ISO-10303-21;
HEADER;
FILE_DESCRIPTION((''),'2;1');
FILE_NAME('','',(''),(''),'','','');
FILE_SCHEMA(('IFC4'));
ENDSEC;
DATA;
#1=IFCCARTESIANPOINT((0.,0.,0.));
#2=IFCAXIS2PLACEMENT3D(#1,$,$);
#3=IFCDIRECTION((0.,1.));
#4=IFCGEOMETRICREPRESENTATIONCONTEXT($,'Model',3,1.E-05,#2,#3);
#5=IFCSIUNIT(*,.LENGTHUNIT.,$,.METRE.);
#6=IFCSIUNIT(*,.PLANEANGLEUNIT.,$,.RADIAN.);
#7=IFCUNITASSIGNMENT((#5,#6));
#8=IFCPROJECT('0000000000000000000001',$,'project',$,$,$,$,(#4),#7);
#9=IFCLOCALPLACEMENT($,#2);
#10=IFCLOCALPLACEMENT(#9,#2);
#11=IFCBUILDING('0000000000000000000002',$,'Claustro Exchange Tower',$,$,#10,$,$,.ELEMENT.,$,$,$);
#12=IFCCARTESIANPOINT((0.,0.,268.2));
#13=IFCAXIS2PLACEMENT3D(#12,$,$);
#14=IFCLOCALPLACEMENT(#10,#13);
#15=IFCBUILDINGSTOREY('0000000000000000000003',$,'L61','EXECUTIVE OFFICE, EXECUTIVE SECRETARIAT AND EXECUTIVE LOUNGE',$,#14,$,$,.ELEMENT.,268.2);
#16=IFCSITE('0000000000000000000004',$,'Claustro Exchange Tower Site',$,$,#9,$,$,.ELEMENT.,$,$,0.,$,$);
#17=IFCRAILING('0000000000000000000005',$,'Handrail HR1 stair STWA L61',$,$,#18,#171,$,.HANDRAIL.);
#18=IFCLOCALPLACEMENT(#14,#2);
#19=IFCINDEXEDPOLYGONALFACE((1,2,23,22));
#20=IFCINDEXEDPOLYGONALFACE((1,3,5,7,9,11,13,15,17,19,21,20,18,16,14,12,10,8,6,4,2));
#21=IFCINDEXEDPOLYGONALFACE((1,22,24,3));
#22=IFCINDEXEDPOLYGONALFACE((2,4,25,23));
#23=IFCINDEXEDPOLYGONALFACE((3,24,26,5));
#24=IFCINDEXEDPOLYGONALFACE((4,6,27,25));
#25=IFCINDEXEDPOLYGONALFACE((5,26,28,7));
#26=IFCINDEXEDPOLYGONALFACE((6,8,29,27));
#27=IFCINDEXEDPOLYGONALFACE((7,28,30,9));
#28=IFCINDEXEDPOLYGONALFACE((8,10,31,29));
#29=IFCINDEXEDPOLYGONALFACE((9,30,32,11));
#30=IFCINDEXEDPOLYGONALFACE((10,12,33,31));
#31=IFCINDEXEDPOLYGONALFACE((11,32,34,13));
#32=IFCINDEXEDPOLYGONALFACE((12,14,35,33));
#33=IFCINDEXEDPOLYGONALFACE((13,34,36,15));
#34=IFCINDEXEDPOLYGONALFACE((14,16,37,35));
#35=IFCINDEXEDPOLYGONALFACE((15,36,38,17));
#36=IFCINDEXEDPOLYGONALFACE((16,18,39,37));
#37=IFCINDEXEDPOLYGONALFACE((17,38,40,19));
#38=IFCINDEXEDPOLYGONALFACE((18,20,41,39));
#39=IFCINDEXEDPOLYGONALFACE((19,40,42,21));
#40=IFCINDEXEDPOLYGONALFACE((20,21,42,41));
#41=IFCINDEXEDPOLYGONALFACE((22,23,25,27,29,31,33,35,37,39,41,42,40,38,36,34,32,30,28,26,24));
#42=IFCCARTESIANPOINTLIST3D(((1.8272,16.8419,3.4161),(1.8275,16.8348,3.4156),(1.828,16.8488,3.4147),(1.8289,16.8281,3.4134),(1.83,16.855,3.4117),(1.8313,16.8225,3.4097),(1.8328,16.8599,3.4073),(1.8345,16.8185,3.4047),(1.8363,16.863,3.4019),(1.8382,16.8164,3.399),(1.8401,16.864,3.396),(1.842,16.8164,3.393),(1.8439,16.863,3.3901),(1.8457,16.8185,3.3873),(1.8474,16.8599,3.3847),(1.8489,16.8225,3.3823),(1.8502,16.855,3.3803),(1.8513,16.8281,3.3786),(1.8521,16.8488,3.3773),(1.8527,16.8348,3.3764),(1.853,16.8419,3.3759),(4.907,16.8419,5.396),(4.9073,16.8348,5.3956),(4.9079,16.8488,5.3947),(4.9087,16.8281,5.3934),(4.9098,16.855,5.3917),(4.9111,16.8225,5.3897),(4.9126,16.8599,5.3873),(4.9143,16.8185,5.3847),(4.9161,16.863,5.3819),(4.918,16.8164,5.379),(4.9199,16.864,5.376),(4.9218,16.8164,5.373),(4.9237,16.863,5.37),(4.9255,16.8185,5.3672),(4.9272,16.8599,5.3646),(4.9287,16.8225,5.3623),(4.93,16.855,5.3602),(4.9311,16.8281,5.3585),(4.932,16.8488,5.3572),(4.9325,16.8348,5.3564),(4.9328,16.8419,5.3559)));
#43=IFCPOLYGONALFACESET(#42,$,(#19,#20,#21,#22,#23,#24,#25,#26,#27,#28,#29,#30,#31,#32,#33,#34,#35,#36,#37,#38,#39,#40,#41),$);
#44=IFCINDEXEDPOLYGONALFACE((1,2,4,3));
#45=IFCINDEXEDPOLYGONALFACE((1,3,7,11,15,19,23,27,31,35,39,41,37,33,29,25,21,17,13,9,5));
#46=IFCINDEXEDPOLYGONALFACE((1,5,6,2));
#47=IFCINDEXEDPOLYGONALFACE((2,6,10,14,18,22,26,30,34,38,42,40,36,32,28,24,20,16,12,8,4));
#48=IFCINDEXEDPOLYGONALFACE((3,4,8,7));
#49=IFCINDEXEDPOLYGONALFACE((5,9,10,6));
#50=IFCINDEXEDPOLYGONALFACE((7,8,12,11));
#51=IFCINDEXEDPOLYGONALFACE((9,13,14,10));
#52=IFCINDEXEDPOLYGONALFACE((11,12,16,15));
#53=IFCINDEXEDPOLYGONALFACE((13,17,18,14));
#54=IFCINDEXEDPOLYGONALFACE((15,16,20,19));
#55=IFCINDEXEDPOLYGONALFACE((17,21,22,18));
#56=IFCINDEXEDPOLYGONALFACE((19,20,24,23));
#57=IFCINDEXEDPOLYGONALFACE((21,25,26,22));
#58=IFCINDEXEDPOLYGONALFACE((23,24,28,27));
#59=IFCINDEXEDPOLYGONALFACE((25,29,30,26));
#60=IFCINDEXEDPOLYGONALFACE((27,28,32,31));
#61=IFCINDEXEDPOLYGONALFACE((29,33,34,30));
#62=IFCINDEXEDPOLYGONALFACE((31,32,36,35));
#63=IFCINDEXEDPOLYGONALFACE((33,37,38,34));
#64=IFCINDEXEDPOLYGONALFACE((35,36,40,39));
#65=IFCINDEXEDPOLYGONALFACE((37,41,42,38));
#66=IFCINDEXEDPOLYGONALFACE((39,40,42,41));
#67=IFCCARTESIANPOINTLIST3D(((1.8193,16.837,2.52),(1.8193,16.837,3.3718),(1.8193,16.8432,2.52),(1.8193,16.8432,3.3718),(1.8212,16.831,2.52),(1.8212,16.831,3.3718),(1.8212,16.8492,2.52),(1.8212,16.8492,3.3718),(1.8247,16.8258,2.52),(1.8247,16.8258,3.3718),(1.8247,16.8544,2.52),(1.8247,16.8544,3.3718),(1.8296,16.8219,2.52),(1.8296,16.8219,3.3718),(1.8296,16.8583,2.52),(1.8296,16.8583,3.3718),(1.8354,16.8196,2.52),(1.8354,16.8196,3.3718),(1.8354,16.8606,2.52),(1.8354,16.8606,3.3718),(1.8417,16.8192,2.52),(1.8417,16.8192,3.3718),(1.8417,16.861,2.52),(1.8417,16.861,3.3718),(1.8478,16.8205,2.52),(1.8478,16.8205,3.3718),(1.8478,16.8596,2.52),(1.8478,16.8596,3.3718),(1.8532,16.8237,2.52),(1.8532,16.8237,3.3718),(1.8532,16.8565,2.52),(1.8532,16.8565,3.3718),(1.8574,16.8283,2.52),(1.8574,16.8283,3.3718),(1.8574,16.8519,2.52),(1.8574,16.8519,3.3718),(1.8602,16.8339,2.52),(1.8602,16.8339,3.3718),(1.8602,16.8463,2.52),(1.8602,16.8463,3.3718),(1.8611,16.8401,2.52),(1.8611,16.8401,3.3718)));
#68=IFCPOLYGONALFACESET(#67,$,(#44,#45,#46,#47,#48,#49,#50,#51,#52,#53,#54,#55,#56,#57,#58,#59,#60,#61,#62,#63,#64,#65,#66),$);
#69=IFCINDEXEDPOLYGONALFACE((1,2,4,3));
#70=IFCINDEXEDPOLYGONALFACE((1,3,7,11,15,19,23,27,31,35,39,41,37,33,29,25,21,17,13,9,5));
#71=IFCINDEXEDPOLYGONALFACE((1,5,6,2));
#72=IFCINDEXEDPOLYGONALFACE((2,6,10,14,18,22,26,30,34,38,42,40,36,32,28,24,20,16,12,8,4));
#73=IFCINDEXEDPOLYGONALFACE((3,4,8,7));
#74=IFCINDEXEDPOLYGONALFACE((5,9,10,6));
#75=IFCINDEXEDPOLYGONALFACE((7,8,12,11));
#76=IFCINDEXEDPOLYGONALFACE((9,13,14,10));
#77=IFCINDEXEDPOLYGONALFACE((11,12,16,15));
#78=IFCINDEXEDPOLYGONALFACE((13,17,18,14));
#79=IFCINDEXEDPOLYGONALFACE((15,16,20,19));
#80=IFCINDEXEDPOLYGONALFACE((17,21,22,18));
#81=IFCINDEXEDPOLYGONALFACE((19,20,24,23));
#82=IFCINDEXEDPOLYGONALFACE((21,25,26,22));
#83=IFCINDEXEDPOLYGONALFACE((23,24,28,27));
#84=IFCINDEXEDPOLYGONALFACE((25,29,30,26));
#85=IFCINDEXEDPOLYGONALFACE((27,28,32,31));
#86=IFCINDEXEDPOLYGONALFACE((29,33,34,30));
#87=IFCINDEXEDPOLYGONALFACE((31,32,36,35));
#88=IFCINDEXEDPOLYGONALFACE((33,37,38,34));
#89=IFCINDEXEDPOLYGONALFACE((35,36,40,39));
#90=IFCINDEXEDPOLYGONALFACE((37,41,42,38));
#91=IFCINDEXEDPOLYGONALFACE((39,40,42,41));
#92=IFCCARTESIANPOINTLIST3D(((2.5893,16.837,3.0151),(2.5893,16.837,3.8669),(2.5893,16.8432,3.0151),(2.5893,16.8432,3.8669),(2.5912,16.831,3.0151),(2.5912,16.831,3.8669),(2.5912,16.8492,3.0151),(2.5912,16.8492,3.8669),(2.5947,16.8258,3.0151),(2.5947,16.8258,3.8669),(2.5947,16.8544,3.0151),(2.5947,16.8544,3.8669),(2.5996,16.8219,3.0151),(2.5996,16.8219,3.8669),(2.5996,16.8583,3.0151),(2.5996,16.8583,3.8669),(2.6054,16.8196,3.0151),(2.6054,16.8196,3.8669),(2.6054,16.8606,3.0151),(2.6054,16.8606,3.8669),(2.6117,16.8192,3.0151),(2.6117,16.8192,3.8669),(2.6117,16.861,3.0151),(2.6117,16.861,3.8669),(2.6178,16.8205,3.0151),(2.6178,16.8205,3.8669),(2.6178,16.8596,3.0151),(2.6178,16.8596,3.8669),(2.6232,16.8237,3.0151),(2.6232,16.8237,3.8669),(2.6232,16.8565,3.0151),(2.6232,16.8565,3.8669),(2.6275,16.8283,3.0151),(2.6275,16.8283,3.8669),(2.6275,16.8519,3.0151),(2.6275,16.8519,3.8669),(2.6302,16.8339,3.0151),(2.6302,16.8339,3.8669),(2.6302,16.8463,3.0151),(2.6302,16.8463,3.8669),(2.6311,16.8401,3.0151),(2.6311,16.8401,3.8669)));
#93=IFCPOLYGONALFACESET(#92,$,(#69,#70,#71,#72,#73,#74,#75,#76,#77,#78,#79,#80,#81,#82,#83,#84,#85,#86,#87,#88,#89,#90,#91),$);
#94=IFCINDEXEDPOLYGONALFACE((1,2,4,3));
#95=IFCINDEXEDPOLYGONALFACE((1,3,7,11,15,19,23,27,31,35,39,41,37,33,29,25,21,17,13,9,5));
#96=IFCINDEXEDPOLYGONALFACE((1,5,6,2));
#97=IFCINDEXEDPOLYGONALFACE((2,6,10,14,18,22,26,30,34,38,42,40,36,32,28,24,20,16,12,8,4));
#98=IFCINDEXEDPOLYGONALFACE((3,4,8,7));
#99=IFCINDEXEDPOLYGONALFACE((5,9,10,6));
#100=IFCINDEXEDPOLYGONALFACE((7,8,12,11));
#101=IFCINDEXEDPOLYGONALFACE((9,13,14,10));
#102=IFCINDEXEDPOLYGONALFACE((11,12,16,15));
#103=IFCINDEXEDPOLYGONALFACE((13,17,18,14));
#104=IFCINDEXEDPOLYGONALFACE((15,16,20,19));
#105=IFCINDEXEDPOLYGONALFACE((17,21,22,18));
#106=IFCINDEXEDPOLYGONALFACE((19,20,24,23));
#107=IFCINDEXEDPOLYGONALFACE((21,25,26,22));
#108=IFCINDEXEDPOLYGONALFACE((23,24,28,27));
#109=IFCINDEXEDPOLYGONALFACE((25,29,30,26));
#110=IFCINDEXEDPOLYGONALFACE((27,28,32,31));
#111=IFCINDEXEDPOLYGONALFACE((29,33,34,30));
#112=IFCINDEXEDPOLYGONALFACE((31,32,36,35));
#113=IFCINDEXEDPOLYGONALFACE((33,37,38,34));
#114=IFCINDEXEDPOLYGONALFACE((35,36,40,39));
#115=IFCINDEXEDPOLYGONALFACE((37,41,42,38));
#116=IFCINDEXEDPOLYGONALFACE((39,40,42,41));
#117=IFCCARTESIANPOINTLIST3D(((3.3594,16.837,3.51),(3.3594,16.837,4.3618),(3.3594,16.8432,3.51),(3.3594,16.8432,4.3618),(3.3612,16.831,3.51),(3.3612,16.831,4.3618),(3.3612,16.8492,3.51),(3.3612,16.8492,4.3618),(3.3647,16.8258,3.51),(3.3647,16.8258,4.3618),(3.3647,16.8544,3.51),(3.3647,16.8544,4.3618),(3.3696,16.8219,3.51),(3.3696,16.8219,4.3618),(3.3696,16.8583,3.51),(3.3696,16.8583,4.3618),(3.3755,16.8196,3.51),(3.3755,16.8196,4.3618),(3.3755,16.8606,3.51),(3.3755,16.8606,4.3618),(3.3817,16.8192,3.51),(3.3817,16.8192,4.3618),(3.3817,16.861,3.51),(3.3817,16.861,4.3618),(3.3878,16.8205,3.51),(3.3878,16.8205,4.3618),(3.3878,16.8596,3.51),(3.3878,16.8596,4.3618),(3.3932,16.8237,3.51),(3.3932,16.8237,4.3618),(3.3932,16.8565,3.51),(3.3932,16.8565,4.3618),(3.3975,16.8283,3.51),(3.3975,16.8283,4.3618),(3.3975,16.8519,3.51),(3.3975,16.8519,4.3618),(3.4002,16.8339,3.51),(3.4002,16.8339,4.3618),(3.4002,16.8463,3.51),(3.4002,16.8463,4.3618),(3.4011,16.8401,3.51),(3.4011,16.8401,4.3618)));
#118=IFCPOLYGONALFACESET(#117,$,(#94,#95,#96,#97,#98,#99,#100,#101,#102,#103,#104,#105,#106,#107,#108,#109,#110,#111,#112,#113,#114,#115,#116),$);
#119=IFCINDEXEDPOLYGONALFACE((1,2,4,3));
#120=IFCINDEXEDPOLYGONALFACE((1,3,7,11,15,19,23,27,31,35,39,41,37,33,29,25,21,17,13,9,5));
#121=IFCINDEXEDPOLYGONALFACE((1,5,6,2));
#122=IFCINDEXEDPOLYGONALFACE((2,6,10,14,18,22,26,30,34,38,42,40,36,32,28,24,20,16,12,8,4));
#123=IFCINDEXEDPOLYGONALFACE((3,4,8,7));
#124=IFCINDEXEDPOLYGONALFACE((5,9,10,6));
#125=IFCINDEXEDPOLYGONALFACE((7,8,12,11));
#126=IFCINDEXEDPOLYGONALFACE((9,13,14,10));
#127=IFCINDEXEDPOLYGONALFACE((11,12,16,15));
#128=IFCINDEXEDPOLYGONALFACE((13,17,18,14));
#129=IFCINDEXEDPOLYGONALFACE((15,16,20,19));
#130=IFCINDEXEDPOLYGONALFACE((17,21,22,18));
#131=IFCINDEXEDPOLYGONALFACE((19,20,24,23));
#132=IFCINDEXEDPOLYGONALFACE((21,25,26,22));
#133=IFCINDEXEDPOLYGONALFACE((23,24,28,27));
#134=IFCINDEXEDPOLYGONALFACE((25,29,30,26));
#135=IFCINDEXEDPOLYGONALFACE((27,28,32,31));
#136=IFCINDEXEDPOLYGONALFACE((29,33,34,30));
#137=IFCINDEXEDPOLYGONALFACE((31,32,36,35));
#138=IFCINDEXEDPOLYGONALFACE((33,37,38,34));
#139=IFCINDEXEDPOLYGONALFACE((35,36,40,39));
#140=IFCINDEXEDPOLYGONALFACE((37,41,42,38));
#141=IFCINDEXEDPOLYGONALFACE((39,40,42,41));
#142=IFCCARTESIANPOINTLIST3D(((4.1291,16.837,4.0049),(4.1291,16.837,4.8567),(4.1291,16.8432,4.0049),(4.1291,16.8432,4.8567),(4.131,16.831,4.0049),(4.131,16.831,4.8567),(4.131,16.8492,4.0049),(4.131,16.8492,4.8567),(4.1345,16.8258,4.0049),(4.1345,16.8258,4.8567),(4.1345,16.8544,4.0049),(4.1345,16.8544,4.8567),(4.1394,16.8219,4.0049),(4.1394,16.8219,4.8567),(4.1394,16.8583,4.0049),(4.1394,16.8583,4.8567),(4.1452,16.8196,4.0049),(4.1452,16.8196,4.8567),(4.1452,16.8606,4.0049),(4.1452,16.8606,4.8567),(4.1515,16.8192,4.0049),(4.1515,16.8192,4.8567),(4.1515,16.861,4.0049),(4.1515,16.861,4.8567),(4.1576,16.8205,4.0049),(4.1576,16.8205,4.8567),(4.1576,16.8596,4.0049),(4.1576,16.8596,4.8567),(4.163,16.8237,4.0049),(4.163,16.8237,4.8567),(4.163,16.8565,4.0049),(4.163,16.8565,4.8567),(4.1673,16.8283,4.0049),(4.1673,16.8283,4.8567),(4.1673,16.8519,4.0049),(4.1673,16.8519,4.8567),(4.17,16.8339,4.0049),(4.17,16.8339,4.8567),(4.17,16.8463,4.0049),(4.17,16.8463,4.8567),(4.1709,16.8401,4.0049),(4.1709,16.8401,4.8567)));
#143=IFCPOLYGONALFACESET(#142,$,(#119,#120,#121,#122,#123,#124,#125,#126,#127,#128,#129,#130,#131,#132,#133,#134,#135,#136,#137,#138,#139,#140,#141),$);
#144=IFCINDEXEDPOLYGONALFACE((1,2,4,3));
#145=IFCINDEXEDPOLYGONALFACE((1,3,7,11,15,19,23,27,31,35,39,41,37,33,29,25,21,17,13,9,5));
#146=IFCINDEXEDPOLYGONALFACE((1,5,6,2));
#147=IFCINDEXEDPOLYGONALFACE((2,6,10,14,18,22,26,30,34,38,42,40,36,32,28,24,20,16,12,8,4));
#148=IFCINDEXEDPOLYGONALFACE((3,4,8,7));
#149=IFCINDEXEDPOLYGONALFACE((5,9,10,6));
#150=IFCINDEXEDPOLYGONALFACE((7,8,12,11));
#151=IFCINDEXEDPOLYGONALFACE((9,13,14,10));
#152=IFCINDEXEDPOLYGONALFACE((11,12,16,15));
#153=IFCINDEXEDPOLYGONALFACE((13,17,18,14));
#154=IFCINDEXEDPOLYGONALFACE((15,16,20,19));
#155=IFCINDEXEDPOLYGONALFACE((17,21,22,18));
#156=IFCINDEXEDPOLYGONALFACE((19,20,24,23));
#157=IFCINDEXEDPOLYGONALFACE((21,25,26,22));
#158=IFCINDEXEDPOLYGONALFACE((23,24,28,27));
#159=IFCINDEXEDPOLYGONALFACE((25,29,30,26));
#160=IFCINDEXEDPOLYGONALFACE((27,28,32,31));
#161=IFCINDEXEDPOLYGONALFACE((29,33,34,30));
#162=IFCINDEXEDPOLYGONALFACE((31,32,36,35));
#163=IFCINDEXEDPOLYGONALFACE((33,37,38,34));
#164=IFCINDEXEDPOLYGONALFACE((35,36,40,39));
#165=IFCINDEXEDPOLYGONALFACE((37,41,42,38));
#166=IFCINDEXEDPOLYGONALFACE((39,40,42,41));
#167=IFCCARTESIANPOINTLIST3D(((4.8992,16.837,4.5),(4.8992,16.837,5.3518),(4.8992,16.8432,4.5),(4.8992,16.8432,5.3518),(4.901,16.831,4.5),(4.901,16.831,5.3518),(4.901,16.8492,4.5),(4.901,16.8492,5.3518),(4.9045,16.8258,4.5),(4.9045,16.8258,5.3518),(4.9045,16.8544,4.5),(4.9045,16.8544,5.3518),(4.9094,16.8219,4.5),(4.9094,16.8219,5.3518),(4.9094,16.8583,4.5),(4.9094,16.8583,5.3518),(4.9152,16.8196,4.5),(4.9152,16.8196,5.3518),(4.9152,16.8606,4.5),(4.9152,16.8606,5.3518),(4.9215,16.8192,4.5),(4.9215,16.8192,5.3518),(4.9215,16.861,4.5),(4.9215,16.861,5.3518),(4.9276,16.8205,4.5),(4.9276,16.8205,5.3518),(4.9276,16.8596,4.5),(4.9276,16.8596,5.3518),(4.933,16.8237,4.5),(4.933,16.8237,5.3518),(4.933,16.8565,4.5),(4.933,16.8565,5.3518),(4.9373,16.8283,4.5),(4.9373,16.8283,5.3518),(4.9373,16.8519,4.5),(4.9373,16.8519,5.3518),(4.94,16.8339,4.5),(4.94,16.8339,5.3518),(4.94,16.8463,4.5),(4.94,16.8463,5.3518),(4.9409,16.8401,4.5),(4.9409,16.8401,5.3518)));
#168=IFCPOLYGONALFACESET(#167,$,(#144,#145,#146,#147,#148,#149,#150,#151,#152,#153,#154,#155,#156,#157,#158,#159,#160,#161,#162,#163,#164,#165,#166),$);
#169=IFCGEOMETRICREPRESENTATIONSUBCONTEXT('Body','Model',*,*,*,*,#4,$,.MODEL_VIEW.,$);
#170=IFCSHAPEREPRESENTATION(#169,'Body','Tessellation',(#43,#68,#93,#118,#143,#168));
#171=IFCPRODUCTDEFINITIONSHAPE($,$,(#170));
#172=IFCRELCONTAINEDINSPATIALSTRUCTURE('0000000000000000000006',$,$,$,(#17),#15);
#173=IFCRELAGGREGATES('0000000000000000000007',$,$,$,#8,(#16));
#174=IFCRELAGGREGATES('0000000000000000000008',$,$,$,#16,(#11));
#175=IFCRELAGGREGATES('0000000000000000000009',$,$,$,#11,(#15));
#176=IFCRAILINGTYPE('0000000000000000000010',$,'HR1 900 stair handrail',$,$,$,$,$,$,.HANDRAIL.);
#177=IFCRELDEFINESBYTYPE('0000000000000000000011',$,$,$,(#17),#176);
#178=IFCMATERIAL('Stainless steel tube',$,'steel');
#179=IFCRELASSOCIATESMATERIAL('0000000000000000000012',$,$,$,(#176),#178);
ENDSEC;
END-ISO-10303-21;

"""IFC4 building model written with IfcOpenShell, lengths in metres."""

from ifc_helpers import new_model, si_unit, direction, frame, origin, origin_2d, place, context, subcontext, project, spatial, circle, extrude, material, type_object, element, save


model = new_model("IFC4")

# Units and contexts
model_context = context("Model", 3, precision=1e-05, world=origin(), true_north=direction((0.0, 1.0)))
body_context = subcontext(model_context, "Body", "Model", "MODEL_VIEW")
ifc_project = project(units=[si_unit("LENGTHUNIT", "METRE"), si_unit("PLANEANGLEUNIT", "RADIAN")], contexts=[model_context])

# Site, building, storey
site_placement = place(None, origin())
site = spatial("IfcSite", under=ifc_project, at=site_placement, Name="Claustro Exchange Tower Site", CompositionType="ELEMENT", RefElevation=0.0)
building_placement = place(site_placement, origin())
building = spatial("IfcBuilding", under=site, at=building_placement, Name="Claustro Exchange Tower", CompositionType="ELEMENT")
storey_placement = place(building_placement, frame((0.0, 0.0, 268.2)))
storey = spatial("IfcBuildingStorey", under=building, at=storey_placement, Name="L61", Description="EXECUTIVE OFFICE, EXECUTIVE SECRETARIAT AND EXECUTIVE LOUNGE", CompositionType="ELEMENT", Elevation=268.2)

# Railing
ifc_material_1 = material(Name="Stainless steel tube", Category="steel")
railing_type_1 = type_object("IfcRailingType", Name="HR1 900 stair handrail", PredefinedType="HANDRAIL", material=ifc_material_1)
railing_1_placement = place(storey_placement, frame((1.8401, 16.8401, 2.52)))
element("IfcRailing", 1, at=railing_1_placement, inside=storey, type_object=railing_type_1, Name="Handrail HR1 stair STWA L61", PredefinedType="HANDRAIL", context=body_context, shape_type="SweptSolid", body=[
    extrude(circle(Radius=0.0239, at=origin_2d()), frame((0.0, 0.0, 0.876), z_axis=(0.841168, 0.0, 0.540774), x_axis=(0.0, 1.0, 0.0)), (0.0, 0.0, 1.0), 3.6614),
    extrude(circle(Radius=0.021, at=origin_2d()), origin(), (0.0, 0.0, 1.0), 0.8518),
    extrude(circle(Radius=0.021, at=origin_2d()), frame((0.77, 0.0, 0.4951)), (0.0, 0.0, 1.0), 0.8518),
    extrude(circle(Radius=0.021, at=origin_2d()), frame((1.54, 0.0, 0.99)), (0.0, 0.0, 1.0), 0.8518),
    extrude(circle(Radius=0.021, at=origin_2d()), frame((2.3098, 0.0, 1.4849)), (0.0, 0.0, 1.0), 0.8518),
    extrude(circle(Radius=0.021, at=origin_2d()), frame((3.0798, 0.0, 1.98)), (0.0, 0.0, 1.0), 0.8518),
])

save(model, "model.ifc")
